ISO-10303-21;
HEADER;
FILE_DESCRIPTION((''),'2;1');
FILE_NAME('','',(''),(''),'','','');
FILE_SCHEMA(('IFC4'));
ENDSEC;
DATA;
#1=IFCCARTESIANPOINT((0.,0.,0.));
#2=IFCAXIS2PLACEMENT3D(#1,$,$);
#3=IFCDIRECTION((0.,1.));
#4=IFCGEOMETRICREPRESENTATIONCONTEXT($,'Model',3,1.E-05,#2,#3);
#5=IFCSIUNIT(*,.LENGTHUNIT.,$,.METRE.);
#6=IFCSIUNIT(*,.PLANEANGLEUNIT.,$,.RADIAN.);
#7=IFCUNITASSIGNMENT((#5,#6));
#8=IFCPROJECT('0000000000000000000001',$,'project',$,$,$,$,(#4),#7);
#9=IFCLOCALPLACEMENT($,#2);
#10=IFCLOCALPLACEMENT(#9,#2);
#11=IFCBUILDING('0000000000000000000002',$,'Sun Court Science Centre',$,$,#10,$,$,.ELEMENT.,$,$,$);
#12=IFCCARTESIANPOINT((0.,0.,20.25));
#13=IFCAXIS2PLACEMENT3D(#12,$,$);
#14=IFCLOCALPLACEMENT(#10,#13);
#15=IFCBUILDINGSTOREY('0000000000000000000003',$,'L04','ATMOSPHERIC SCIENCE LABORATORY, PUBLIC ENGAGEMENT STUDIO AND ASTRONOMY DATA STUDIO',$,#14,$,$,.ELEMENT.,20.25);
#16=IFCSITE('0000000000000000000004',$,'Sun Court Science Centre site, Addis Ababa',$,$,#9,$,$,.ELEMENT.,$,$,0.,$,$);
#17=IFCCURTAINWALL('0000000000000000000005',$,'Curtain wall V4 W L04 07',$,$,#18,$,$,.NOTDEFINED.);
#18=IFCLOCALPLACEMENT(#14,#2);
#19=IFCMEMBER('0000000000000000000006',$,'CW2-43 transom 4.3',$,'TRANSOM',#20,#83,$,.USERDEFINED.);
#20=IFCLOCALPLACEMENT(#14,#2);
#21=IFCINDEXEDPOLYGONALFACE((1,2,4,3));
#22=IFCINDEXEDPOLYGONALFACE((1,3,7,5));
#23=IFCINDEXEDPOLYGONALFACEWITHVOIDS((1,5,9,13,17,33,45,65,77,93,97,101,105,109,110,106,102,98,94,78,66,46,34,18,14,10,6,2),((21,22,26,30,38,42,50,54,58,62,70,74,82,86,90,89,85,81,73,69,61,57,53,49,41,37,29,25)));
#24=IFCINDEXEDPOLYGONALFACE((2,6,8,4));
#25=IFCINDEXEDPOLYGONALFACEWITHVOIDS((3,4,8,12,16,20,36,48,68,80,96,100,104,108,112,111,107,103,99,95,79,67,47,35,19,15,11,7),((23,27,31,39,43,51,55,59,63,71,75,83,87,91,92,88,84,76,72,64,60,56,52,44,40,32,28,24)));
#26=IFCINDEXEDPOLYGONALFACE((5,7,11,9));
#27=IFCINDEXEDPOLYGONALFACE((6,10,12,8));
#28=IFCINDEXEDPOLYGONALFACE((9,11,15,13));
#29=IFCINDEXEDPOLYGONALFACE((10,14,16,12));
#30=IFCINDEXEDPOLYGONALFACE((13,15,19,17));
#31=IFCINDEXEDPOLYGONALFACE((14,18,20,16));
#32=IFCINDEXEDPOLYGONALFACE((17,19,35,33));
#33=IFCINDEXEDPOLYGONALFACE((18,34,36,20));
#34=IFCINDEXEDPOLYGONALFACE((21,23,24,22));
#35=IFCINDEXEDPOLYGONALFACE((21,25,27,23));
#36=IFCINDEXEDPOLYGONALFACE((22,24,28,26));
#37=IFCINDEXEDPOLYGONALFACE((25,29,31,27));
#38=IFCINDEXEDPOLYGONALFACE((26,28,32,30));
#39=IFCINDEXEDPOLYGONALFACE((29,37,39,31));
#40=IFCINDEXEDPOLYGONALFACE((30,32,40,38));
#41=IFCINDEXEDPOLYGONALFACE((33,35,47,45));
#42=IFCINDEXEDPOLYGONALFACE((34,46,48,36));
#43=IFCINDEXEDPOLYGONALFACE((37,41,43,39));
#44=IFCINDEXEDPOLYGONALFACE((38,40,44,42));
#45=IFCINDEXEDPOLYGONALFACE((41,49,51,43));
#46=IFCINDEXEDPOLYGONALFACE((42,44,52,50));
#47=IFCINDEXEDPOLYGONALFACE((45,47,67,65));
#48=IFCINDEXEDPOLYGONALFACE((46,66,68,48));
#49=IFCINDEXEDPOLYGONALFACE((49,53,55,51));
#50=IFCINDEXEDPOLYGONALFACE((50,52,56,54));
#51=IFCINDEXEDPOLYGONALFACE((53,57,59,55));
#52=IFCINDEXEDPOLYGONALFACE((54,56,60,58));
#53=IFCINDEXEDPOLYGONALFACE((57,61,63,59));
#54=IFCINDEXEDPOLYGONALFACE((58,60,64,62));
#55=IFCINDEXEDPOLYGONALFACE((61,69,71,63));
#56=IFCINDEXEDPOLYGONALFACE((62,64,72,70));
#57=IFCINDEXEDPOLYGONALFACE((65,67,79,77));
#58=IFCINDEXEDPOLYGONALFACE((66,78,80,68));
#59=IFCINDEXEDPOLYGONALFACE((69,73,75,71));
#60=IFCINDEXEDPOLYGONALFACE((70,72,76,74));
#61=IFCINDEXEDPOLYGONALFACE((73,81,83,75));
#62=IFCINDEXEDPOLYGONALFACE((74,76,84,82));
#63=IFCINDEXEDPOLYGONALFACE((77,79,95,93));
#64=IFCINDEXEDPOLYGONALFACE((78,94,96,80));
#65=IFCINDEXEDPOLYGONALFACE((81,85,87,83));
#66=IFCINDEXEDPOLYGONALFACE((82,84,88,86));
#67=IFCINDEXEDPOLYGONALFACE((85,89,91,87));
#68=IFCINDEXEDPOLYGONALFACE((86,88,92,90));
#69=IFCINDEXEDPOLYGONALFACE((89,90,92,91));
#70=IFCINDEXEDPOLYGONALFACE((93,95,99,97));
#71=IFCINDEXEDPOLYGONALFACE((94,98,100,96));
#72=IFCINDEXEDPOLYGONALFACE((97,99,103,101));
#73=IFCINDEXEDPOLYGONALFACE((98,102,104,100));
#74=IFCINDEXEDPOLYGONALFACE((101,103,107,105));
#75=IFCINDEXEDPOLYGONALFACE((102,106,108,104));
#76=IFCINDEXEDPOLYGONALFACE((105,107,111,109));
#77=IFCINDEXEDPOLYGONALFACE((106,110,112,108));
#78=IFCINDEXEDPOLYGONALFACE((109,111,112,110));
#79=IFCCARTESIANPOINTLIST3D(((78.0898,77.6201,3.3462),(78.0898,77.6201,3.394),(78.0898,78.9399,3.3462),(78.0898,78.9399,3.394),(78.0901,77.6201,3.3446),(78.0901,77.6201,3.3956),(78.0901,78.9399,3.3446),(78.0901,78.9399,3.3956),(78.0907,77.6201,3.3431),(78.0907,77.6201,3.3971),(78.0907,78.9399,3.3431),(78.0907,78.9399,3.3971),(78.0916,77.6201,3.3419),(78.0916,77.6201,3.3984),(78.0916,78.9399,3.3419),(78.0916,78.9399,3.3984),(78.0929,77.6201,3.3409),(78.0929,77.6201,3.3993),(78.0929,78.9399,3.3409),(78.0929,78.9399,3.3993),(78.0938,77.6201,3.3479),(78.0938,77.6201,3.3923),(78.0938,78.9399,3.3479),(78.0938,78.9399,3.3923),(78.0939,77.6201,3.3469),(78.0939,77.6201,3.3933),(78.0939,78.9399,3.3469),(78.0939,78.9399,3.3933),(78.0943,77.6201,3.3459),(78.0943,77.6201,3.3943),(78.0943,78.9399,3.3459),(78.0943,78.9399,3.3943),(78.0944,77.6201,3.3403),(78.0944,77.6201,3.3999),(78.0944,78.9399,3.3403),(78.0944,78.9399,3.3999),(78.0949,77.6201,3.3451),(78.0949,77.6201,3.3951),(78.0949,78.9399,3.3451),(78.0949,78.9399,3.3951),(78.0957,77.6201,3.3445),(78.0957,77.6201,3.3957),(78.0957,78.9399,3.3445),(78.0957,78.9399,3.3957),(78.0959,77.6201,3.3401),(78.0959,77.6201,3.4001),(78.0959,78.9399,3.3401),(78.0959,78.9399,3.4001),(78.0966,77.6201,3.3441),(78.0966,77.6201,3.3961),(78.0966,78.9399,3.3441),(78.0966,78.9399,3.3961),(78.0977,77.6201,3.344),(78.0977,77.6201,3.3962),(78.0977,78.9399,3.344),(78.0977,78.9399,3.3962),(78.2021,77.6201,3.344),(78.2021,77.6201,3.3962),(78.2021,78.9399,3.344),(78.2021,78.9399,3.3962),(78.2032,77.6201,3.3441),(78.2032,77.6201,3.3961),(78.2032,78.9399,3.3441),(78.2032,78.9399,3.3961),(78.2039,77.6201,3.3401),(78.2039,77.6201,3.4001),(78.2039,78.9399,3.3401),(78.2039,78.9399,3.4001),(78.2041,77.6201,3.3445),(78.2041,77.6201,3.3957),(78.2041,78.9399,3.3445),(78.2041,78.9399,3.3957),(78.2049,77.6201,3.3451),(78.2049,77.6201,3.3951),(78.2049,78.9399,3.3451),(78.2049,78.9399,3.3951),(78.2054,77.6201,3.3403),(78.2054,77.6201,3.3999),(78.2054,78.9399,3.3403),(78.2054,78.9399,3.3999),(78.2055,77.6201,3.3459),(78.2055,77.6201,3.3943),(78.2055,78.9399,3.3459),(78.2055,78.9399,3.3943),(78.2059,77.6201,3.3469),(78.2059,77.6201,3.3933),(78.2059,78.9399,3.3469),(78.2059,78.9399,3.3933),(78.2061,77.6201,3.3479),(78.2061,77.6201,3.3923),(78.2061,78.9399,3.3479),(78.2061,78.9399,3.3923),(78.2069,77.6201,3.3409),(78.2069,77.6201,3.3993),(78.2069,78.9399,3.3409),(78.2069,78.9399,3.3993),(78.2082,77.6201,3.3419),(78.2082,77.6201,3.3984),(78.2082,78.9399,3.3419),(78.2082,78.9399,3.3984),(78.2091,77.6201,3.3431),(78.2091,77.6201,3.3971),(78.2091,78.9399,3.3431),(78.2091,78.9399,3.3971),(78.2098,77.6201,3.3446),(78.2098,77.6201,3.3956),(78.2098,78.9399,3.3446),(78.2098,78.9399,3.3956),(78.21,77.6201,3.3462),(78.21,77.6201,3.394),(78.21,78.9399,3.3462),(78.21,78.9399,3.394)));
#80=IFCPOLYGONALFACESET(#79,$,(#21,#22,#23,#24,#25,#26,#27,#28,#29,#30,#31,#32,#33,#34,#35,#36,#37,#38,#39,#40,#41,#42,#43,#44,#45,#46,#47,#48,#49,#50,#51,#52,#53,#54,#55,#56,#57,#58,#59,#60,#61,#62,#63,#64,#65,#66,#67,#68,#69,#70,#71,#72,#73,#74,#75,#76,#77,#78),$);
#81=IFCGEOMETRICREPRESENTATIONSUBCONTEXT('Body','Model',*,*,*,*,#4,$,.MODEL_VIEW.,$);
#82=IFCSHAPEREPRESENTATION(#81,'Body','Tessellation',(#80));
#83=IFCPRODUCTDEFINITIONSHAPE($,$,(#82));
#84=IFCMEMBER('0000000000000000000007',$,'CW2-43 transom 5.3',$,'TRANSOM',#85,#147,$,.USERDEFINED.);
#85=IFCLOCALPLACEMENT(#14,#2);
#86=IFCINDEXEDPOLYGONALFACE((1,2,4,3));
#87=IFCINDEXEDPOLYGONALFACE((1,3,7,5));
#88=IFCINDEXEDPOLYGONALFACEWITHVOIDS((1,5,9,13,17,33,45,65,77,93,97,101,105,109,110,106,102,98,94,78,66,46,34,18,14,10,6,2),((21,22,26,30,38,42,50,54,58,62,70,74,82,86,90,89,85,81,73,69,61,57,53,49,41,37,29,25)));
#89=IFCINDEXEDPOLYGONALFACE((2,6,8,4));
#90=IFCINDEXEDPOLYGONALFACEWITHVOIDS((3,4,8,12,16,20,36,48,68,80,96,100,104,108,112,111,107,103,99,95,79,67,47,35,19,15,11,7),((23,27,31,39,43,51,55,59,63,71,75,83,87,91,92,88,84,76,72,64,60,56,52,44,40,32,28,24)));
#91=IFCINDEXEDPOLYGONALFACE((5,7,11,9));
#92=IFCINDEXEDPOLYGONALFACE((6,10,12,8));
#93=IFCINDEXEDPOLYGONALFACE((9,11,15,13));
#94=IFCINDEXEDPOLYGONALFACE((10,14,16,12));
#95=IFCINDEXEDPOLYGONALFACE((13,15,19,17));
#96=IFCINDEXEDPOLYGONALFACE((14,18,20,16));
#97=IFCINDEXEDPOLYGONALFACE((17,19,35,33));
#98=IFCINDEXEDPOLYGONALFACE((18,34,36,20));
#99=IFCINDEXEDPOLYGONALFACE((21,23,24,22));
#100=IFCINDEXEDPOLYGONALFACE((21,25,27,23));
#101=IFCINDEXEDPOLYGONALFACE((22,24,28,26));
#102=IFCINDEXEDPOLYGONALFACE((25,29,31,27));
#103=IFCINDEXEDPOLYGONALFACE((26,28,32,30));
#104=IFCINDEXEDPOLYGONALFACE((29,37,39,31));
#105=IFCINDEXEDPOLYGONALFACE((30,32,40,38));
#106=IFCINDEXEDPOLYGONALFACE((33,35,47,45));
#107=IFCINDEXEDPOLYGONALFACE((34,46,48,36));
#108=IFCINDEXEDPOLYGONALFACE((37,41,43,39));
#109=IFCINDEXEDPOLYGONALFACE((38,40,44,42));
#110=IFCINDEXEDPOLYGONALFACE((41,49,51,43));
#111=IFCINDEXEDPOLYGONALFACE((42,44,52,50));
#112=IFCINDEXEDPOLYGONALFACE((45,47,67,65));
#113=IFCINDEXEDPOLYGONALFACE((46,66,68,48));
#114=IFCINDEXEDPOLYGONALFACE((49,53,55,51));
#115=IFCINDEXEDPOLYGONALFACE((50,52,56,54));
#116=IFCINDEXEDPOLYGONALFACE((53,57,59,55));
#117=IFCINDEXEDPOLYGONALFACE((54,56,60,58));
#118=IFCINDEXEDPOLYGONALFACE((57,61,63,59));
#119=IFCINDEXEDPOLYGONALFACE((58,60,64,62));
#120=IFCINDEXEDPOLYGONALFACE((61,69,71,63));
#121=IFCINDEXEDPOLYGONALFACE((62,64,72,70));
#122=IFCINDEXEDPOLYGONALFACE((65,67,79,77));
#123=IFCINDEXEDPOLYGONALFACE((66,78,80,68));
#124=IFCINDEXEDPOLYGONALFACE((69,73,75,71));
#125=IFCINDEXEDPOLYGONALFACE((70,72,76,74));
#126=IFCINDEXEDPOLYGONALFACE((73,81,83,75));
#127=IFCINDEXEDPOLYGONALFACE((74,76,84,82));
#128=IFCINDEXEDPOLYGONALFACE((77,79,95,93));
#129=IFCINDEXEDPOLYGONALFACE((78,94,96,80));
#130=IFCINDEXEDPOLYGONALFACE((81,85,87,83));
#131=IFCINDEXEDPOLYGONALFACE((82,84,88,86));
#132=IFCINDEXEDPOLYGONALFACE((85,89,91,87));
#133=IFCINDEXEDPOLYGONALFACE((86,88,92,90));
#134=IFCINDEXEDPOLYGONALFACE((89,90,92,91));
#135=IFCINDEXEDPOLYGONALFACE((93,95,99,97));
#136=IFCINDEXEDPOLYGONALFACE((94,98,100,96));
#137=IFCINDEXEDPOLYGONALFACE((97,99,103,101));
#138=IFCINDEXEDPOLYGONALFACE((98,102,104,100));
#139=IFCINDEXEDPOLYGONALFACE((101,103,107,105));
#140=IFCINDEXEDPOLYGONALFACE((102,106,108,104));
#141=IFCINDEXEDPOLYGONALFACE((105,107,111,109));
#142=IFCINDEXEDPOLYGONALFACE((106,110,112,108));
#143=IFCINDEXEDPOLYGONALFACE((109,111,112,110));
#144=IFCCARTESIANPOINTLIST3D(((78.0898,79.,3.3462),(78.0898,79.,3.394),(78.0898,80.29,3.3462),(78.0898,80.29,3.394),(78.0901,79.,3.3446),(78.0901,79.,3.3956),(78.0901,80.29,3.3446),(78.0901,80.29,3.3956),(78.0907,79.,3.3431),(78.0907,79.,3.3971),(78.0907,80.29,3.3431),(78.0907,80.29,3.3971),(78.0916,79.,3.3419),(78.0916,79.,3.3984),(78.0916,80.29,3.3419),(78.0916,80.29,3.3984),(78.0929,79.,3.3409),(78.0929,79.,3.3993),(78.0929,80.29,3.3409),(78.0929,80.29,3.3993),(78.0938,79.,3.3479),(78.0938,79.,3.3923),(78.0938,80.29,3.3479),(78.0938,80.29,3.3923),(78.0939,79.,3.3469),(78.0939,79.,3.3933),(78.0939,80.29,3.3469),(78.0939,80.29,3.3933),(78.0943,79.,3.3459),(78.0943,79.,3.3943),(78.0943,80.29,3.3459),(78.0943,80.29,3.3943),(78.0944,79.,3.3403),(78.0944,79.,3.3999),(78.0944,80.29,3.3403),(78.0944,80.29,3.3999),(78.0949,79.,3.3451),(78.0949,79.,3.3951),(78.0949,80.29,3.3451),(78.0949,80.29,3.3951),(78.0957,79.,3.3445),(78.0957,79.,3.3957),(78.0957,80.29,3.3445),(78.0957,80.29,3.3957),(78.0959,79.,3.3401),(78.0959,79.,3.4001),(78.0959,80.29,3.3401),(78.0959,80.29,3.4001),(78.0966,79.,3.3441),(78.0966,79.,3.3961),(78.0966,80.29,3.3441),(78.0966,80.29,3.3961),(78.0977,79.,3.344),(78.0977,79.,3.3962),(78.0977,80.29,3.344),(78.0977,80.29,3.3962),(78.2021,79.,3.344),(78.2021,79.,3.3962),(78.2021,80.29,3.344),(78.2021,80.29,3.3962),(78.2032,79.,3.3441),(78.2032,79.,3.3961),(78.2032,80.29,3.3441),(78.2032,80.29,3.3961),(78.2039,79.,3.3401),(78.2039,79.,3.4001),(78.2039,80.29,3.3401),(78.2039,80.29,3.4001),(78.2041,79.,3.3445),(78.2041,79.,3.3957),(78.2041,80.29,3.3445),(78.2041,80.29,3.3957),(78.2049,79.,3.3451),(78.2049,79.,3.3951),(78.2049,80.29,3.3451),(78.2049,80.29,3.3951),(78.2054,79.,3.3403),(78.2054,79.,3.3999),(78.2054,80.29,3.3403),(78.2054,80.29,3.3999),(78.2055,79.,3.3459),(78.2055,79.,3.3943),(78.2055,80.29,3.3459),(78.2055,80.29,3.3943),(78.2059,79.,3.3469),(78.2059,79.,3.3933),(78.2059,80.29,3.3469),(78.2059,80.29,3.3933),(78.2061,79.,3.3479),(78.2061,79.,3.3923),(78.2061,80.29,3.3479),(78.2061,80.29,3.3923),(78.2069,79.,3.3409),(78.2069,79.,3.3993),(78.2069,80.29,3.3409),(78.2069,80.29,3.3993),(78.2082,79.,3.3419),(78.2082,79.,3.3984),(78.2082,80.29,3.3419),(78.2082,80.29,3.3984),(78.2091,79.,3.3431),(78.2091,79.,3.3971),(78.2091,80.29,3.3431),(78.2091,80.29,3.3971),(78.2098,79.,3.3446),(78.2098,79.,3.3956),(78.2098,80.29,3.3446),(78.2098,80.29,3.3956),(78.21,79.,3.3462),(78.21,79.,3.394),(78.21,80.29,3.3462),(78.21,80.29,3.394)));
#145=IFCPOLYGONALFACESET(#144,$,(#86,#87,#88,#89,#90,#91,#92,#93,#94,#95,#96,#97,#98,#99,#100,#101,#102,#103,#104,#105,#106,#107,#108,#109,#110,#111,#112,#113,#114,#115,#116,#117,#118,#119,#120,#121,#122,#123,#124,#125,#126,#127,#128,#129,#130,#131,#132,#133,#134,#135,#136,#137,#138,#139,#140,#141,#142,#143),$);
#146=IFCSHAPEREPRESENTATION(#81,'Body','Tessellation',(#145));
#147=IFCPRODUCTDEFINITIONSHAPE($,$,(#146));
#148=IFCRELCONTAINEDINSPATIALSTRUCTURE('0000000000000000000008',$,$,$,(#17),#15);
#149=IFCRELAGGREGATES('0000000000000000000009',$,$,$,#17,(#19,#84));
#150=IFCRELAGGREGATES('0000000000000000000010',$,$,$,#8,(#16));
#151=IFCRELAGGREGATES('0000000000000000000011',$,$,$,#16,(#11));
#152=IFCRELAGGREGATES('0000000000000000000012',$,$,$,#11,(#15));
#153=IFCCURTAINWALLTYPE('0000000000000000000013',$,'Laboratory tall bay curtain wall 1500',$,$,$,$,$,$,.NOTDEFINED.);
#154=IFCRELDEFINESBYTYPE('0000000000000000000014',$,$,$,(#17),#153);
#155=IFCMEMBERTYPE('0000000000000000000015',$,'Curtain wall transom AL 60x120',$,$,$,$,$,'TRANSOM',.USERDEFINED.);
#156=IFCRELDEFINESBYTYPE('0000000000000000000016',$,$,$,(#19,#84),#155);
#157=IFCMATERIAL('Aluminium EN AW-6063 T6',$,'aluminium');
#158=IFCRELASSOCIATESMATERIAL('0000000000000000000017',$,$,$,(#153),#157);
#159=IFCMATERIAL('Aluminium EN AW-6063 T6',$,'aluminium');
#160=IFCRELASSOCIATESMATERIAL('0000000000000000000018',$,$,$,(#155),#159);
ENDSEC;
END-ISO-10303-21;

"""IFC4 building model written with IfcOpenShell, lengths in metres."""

from ifc_helpers import new_model, si_unit, direction, frame, origin, origin_2d, place, context, subcontext, project, spatial, hollow_rectangle, extrude, material, material_profile, profile_set, type_object, element, aggregate, save


model = new_model("IFC4")

# Units and contexts
model_context = context("Model", 3, precision=1e-05, world=origin(), true_north=direction((0.0, 1.0)))
body_context = subcontext(model_context, "Body", "Model", "MODEL_VIEW")
ifc_project = project(units=[si_unit("LENGTHUNIT", "METRE"), si_unit("PLANEANGLEUNIT", "RADIAN")], contexts=[model_context])

# Site, building, storey
site_placement = place(None, origin())
site = spatial("IfcSite", under=ifc_project, at=site_placement, Name="Sun Court Science Centre site, Addis Ababa", CompositionType="ELEMENT", RefElevation=0.0)
building_placement = place(site_placement, origin())
building = spatial("IfcBuilding", under=site, at=building_placement, Name="Sun Court Science Centre", CompositionType="ELEMENT")
storey_placement = place(building_placement, frame((0.0, 0.0, 20.25)))
storey = spatial("IfcBuildingStorey", under=building, at=storey_placement, Name="L04", Description="ATMOSPHERIC SCIENCE LABORATORY, PUBLIC ENGAGEMENT STUDIO AND ASTRONOMY DATA STUDIO", CompositionType="ELEMENT", Elevation=20.25)

# Curtain wall
ifc_material_1 = material(Name="Aluminium EN AW-6063 T6", Category="aluminium")
curtain_wall_type = type_object("IfcCurtainWallType", Name="Laboratory tall bay curtain wall 1500", PredefinedType="NOTDEFINED", material=ifc_material_1)
curtain_wall_1_placement = place(storey_placement, origin())
curtain_wall_1 = element("IfcCurtainWall", 1, at=curtain_wall_1_placement, inside=storey, type_object=curtain_wall_type, Name="Curtain wall V4 W L04 07", PredefinedType="NOTDEFINED")

# Members
ifc_material_2 = material(Name="Aluminium EN AW-6063 T6", Category="aluminium")
ifc_material_profile_1 = material_profile(ifc_material_2, hollow_rectangle(XDim=0.0601, YDim=0.1201, WallThickness=0.0039, InnerFilletRadius=0.0039, OuterFilletRadius=0.0061, at=origin_2d()), Name="AL 60x120x4")
ifc_profile_set_1 = profile_set([ifc_material_profile_1], Name="Aluminium EN AW-6063 T6")
member_type_1 = type_object("IfcMemberType", Name="Curtain wall transom AL 60x120", ElementType="TRANSOM", PredefinedType="USERDEFINED", material=ifc_profile_set_1)
member_1_placement = place(storey_placement, frame((78.1499, 77.6201, 3.3701), z_axis=(0.0, 1.0, 0.0), x_axis=(0.0, 0.0, 1.0)))
member_1 = element("IfcMember", 2, at=member_1_placement, type_object=member_type_1, Name="CW2-43 transom 4.3", ObjectType="TRANSOM", PredefinedType="USERDEFINED", context=body_context, shape_type="SweptSolid", body=[
    extrude(hollow_rectangle(XDim=0.0601, YDim=0.1201, WallThickness=0.0039, InnerFilletRadius=0.0039, OuterFilletRadius=0.0061, at=origin_2d()), origin(), (0.0, 0.0, 1.0), 1.3198),
])
member_2_placement = place(storey_placement, frame((78.1499, 79.0, 3.3701), z_axis=(0.0, 1.0, 0.0), x_axis=(0.0, 0.0, 1.0)))
member_2 = element("IfcMember", 3, at=member_2_placement, type_object=member_type_1, Name="CW2-43 transom 5.3", ObjectType="TRANSOM", PredefinedType="USERDEFINED", context=body_context, shape_type="SweptSolid", body=[
    extrude(hollow_rectangle(XDim=0.0601, YDim=0.1201, WallThickness=0.0039, InnerFilletRadius=0.0039, OuterFilletRadius=0.0061, at=origin_2d()), origin(), (0.0, 0.0, 1.0), 1.29),
])

aggregate(curtain_wall_1, [member_1, member_2])

save(model, "model.ifc")
